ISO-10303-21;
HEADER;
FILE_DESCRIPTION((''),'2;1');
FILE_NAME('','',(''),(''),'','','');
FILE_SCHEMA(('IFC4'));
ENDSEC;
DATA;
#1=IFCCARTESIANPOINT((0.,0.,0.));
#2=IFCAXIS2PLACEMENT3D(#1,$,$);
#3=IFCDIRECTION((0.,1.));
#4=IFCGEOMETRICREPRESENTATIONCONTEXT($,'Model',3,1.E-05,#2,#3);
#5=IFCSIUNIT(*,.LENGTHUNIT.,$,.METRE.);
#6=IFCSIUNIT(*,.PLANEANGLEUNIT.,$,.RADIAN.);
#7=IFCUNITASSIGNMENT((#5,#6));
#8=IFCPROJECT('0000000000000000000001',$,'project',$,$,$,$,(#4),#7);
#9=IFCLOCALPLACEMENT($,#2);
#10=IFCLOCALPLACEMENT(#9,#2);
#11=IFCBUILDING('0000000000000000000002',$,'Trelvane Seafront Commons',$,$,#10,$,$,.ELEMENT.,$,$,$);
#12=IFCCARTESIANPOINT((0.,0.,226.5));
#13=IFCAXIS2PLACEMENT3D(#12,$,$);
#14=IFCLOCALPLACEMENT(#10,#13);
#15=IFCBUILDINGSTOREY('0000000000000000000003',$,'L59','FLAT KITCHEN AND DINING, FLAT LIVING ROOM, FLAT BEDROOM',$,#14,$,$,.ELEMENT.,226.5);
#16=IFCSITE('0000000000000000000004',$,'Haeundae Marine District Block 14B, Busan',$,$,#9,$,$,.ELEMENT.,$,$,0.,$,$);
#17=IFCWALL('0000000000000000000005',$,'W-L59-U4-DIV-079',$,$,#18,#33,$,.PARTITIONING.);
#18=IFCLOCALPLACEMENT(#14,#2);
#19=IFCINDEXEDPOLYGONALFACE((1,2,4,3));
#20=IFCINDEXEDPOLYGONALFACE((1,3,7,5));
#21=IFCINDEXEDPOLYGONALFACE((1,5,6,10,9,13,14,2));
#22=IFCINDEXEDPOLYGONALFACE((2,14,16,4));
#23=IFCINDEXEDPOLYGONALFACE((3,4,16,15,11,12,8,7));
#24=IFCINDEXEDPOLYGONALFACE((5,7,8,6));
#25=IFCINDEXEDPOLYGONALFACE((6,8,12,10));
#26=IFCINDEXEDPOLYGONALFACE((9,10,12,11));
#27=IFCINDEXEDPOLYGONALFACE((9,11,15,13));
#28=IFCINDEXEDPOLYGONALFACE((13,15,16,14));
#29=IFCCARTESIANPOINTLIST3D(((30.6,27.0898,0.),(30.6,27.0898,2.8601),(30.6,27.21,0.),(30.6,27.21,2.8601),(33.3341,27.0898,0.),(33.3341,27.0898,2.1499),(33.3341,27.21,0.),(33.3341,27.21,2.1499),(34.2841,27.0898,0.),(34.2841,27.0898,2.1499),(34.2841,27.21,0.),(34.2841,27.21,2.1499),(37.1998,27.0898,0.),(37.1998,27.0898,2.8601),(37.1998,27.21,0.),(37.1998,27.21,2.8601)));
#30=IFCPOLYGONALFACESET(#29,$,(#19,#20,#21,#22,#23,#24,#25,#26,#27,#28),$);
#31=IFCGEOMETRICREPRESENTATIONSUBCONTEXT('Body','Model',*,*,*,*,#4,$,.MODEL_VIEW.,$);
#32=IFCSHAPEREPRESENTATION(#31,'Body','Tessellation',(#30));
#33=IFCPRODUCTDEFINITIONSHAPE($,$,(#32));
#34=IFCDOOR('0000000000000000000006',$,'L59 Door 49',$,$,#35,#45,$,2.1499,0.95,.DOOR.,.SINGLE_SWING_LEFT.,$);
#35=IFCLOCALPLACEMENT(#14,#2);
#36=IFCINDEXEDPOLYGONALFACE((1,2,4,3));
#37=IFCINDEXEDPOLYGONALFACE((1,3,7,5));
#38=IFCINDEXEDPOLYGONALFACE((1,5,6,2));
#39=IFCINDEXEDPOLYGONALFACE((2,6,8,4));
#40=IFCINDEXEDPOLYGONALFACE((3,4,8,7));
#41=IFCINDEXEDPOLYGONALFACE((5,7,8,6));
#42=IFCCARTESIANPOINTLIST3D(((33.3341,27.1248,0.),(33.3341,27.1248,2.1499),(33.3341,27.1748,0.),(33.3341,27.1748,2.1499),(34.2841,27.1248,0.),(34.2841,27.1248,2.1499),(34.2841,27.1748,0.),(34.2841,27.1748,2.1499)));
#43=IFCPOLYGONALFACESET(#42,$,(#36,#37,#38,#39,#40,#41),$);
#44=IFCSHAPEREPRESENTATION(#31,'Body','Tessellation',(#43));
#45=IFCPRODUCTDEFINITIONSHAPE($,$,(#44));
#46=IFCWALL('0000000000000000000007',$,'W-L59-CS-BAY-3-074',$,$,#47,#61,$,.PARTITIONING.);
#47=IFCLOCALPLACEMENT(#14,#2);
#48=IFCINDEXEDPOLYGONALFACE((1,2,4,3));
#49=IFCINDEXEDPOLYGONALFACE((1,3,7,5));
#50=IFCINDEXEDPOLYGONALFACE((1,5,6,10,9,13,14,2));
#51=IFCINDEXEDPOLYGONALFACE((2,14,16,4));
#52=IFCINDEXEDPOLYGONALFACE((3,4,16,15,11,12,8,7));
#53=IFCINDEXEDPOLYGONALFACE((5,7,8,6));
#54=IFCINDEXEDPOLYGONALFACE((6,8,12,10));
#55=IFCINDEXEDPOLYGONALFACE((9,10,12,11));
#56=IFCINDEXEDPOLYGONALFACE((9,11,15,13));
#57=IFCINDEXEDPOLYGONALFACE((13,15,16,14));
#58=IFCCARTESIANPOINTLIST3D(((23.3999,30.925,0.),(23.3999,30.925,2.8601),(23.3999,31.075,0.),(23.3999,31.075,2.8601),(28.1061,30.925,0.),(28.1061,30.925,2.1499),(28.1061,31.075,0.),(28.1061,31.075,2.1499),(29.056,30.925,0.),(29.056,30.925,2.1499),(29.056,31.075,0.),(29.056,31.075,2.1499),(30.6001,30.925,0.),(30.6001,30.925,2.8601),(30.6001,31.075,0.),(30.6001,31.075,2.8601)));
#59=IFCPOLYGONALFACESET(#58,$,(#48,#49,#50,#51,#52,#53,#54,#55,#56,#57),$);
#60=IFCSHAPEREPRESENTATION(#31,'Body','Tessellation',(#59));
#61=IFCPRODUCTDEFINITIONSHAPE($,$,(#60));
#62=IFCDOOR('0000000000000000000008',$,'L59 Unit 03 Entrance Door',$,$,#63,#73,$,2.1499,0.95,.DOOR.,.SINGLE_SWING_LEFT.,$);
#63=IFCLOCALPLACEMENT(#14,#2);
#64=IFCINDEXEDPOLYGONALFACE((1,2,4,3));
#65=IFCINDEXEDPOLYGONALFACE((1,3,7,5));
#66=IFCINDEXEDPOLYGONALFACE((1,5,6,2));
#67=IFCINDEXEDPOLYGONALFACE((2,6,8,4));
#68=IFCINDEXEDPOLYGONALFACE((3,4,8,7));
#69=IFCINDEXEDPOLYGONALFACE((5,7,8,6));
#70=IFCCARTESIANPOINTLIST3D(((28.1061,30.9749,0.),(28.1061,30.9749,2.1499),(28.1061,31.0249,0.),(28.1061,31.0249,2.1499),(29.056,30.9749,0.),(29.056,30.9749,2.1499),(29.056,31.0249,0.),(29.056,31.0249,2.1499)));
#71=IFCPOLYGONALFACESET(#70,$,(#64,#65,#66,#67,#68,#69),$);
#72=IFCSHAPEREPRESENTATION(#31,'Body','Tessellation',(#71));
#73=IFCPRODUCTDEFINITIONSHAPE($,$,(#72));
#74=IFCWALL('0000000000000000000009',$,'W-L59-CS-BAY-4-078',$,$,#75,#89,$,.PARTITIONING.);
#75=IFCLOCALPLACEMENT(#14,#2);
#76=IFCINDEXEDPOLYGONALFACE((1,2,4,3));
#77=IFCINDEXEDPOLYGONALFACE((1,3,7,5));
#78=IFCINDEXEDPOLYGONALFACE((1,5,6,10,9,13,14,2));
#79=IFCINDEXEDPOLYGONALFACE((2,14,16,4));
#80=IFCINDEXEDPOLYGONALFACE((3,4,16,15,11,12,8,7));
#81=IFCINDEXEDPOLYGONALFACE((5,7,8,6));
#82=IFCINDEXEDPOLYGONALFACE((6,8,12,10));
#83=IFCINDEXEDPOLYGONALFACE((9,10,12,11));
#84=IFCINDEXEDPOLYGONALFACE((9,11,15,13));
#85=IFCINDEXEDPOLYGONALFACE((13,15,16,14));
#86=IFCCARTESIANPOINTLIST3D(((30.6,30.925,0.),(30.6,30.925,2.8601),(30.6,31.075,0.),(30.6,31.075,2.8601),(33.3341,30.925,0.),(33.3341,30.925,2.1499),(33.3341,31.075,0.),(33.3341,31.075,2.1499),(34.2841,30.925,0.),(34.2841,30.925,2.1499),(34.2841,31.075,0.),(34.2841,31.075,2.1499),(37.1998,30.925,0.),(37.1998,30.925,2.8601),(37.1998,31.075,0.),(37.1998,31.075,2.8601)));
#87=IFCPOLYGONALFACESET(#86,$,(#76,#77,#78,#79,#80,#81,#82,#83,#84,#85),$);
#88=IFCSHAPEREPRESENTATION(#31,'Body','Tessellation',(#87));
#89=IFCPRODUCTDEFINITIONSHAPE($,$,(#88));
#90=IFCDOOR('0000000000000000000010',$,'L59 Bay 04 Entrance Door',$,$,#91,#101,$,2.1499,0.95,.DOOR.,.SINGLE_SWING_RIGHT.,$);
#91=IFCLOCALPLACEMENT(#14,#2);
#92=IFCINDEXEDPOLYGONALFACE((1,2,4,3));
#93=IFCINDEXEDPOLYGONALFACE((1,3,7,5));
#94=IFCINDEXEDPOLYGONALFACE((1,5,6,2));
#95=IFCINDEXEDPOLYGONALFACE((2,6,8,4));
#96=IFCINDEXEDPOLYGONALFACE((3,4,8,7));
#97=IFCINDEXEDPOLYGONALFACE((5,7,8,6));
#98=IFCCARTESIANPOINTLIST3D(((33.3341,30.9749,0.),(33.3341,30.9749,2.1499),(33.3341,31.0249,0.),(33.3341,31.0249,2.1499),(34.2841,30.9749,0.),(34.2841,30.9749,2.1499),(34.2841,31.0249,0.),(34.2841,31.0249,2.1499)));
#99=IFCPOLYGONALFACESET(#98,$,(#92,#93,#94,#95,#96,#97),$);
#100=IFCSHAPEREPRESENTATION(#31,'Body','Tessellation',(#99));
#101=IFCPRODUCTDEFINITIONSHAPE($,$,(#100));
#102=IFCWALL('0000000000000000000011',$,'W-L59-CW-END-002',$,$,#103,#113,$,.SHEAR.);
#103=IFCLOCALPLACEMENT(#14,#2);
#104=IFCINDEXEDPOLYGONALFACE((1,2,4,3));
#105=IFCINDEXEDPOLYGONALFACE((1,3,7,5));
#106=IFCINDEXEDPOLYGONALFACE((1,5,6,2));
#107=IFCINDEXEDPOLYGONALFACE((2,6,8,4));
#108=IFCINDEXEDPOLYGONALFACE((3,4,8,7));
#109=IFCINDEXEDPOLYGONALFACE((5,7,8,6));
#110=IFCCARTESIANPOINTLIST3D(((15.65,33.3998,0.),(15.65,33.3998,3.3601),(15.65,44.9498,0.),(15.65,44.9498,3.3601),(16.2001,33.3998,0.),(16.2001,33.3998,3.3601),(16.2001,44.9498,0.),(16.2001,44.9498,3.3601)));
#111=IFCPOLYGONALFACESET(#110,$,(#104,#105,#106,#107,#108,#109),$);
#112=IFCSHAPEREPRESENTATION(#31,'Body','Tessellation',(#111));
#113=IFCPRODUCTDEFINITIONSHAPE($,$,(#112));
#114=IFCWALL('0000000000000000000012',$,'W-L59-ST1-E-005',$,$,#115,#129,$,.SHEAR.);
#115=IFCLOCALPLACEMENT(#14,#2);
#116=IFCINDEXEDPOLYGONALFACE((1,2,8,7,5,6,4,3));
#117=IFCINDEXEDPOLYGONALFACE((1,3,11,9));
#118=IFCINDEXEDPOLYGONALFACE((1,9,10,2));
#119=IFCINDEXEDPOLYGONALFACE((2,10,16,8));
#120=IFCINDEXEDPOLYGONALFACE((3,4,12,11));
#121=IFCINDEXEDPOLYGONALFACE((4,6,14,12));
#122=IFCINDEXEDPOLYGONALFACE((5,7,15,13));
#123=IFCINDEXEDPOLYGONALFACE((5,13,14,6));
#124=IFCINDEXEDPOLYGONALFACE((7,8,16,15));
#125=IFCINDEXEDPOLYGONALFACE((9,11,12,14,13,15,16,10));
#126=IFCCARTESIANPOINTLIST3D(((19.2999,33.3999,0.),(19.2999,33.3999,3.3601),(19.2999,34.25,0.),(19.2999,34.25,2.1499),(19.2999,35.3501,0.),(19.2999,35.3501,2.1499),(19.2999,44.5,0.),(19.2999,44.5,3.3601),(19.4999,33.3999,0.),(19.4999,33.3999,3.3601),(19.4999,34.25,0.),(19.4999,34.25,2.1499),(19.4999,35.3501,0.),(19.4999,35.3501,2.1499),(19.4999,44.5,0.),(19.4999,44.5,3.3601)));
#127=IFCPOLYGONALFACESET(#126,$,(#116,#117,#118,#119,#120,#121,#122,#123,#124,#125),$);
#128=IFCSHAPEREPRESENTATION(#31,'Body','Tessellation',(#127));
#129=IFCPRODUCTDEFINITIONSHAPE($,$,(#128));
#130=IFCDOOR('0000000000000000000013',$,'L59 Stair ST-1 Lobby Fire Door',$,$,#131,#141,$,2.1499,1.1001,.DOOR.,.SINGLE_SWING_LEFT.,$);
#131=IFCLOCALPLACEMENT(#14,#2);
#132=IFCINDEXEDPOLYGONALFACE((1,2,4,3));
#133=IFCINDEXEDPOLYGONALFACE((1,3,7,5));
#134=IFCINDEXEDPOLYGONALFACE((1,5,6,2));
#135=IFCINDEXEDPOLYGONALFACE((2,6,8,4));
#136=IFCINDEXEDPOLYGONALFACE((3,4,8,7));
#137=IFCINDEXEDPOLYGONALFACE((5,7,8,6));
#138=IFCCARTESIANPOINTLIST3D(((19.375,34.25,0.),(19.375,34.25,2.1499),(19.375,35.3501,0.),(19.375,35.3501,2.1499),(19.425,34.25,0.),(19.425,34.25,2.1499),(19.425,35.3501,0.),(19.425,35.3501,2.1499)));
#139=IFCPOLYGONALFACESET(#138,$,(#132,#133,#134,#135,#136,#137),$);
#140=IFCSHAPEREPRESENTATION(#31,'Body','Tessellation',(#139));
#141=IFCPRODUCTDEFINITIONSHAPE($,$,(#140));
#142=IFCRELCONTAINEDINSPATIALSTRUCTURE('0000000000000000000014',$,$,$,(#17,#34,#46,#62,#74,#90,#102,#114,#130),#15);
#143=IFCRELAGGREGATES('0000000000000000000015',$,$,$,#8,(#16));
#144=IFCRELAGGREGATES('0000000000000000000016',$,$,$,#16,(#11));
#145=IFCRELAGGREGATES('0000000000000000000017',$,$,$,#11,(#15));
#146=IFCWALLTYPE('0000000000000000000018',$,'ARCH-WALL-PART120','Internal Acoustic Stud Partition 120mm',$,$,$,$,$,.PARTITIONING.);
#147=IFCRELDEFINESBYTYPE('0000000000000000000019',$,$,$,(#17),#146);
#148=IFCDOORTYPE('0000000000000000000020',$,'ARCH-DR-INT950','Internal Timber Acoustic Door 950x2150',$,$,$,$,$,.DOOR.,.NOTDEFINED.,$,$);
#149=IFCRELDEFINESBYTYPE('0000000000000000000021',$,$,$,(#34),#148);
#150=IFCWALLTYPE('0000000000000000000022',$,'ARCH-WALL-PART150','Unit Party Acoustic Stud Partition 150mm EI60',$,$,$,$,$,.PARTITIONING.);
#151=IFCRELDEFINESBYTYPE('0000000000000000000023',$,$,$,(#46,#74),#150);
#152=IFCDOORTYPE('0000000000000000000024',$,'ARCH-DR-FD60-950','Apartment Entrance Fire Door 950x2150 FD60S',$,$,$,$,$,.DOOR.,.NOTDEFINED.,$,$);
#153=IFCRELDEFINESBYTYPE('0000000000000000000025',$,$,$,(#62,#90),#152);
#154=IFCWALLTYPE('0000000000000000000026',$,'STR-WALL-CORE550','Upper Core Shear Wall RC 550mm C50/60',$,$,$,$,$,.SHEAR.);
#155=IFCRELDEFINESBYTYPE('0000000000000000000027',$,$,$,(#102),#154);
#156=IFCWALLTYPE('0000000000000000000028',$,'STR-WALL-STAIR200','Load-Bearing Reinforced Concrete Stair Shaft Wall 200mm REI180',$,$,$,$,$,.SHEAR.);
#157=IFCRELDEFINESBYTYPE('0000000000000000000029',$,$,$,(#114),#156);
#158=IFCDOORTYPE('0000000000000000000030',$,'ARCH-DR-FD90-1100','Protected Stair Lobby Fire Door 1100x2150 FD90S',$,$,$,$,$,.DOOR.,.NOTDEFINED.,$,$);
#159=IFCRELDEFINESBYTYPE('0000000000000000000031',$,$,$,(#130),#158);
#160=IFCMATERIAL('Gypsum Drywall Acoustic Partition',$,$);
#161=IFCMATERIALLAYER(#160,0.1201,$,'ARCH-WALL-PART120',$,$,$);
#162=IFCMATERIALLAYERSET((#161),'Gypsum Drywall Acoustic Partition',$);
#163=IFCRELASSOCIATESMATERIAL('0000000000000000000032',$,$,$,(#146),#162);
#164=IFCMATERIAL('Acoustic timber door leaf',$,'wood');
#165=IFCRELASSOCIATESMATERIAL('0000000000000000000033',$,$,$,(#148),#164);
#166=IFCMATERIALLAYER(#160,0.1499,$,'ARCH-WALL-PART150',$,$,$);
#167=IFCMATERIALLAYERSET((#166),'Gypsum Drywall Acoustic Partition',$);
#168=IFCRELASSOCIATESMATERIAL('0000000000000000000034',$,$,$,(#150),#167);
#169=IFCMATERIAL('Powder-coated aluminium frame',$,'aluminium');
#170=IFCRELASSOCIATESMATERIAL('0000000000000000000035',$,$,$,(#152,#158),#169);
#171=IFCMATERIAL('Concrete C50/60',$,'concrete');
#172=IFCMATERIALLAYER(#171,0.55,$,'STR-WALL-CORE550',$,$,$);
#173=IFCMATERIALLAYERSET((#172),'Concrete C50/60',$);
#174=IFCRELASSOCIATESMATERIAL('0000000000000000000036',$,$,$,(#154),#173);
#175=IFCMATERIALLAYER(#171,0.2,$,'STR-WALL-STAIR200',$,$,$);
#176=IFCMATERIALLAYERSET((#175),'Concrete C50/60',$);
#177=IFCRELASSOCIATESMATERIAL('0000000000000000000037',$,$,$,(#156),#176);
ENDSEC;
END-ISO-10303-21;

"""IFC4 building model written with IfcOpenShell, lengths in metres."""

from ifc_helpers import new_model, si_unit, direction, frame, frame_2d, origin, place, context, subcontext, project, spatial, rectangle, extrude, source, transform, mapped, material, layer, layer_set, type_object, element, fill, save


model = new_model("IFC4")

# Units and contexts
model_context = context("Model", 3, precision=1e-05, world=origin(), true_north=direction((0.0, 1.0)))
body_context = subcontext(model_context, "Body", "Model", "MODEL_VIEW")
ifc_project = project(units=[si_unit("LENGTHUNIT", "METRE"), si_unit("PLANEANGLEUNIT", "RADIAN")], contexts=[model_context])

# Site, building, storey
site_placement = place(None, origin())
site = spatial("IfcSite", under=ifc_project, at=site_placement, Name="Haeundae Marine District Block 14B, Busan", CompositionType="ELEMENT", RefElevation=0.0)
building_placement = place(site_placement, origin())
building = spatial("IfcBuilding", under=site, at=building_placement, Name="Trelvane Seafront Commons", CompositionType="ELEMENT")
storey_placement = place(building_placement, frame((0.0, 0.0, 226.5)))
storey = spatial("IfcBuildingStorey", under=building, at=storey_placement, Name="L59", Description="FLAT KITCHEN AND DINING, FLAT LIVING ROOM, FLAT BEDROOM", CompositionType="ELEMENT", Elevation=226.5)

# Shared definitions
ifc_material_1 = material(Name="Concrete C50/60", Category="concrete")

# Shared definitions
ifc_material_2 = material(Name="Powder-coated aluminium frame", Category="aluminium")
ifc_material_3 = material(Name="Gypsum Drywall Acoustic Partition")
ifc_layer_1 = layer(ifc_material_3, 0.1201, Name="ARCH-WALL-PART120")
ifc_layer_set_1 = layer_set([ifc_layer_1], Name="Gypsum Drywall Acoustic Partition")
wall_type_1 = type_object("IfcWallType", Name="ARCH-WALL-PART120", Description="Internal Acoustic Stud Partition 120mm", PredefinedType="PARTITIONING", material=ifc_layer_set_1)
ifc_material_4 = material(Name="Acoustic timber door leaf", Category="wood")

# Walls, openings, doors
wall_1_placement = place(storey_placement, frame((30.6001, 27.1499, 0.0), z_axis=(0.0, 0.0, 1.0), x_axis=(1.0, 0.0, 0.0)))
wall_1 = element("IfcWall", 1, at=wall_1_placement, inside=storey, type_object=wall_type_1, Name="W-L59-U4-DIV-079", PredefinedType="PARTITIONING", context=body_context, shape_type="SweptSolid", body=[
    extrude(rectangle(XDim=6.5999, YDim=0.1201, at=frame_2d((3.2998, 0.0))), origin(), (0.0, 0.0, 1.0), 2.8601),
])
opening_1_placement = place(wall_1_placement, frame((2.7339, 0.0, 0.0)))
opening_1 = element("IfcOpeningElement", 2, at=opening_1_placement, cuts=wall_1, PredefinedType="OPENING", context=body_context, shape_type="SweptSolid", body=[
    extrude(rectangle(XDim=0.95, YDim=2.1499, at=frame_2d((0.4751, 1.075))), frame((0.0, 0.0701, 0.0), z_axis=(0.0, -1.0, 0.0), x_axis=(1.0, 0.0, 0.0)), (0.0, 0.0, 1.0), 0.1401),
])
door_type_1 = type_object("IfcDoorType", Name="ARCH-DR-INT950", Description="Internal Timber Acoustic Door 950x2150", OperationType="NOTDEFINED", PredefinedType="DOOR", material=ifc_material_4)
shared_shape_1 = source(origin(), body_context, "Body", "SweptSolid", [
    extrude(rectangle(XDim=0.95, YDim=2.1499, at=frame_2d((0.4751, 1.075))), frame((0.0, 0.0249, 0.0), z_axis=(0.0, -1.0, 0.0), x_axis=(1.0, 0.0, 0.0)), (0.0, 0.0, 1.0), 0.05),
])
door_1_placement = place(opening_1_placement, origin())
door_1 = element("IfcDoor", 3, at=door_1_placement, inside=storey, type_object=door_type_1, Name="L59 Door 49", OperationType="SINGLE_SWING_LEFT", OverallHeight=2.1499, OverallWidth=0.95, PredefinedType="DOOR", context=body_context, shape_type="MappedRepresentation", body=[
    mapped(shared_shape_1, transform((0.0, 0.0, 0.0), x_axis=(1.0, 0.0, 0.0), y_axis=(0.0, 1.0, 0.0), z_axis=(0.0, 0.0, 1.0), scale=1.0)),
])
fill(opening_1, door_1)
ifc_layer_2 = layer(ifc_material_3, 0.1499, Name="ARCH-WALL-PART150")
ifc_layer_set_2 = layer_set([ifc_layer_2], Name="Gypsum Drywall Acoustic Partition")
wall_type_2 = type_object("IfcWallType", Name="ARCH-WALL-PART150", Description="Unit Party Acoustic Stud Partition 150mm EI60", PredefinedType="PARTITIONING", material=ifc_layer_set_2)
wall_2_placement = place(storey_placement, frame((23.3999, 31.0, 0.0), z_axis=(0.0, 0.0, 1.0), x_axis=(1.0, 0.0, 0.0)))
wall_2 = element("IfcWall", 4, at=wall_2_placement, inside=storey, type_object=wall_type_2, Name="W-L59-CS-BAY-3-074", PredefinedType="PARTITIONING", context=body_context, shape_type="SweptSolid", body=[
    extrude(rectangle(XDim=7.2002, YDim=0.1499, at=frame_2d((3.6001, 0.0))), origin(), (0.0, 0.0, 1.0), 2.8601),
])
opening_2_placement = place(wall_2_placement, frame((4.7061, 0.0, 0.0)))
opening_2 = element("IfcOpeningElement", 5, at=opening_2_placement, cuts=wall_2, PredefinedType="OPENING", context=body_context, shape_type="SweptSolid", body=[
    extrude(rectangle(XDim=0.95, YDim=2.1499, at=frame_2d((0.4751, 1.075))), frame((0.0, 0.085, 0.0), z_axis=(0.0, -1.0, 0.0), x_axis=(1.0, 0.0, 0.0)), (0.0, 0.0, 1.0), 0.1699),
])
door_type_2 = type_object("IfcDoorType", Name="ARCH-DR-FD60-950", Description="Apartment Entrance Fire Door 950x2150 FD60S", OperationType="NOTDEFINED", PredefinedType="DOOR", material=ifc_material_2)
door_2_placement = place(opening_2_placement, origin())
door_2 = element("IfcDoor", 6, at=door_2_placement, inside=storey, type_object=door_type_2, Name="L59 Unit 03 Entrance Door", OperationType="SINGLE_SWING_LEFT", OverallHeight=2.1499, OverallWidth=0.95, PredefinedType="DOOR", context=body_context, shape_type="MappedRepresentation", body=[
    mapped(shared_shape_1, transform((0.0, 0.0, 0.0), x_axis=(1.0, 0.0, 0.0), y_axis=(0.0, 1.0, 0.0), z_axis=(0.0, 0.0, 1.0), scale=1.0)),
])
fill(opening_2, door_2)
wall_3_placement = place(storey_placement, frame((30.6001, 31.0, 0.0), z_axis=(0.0, 0.0, 1.0), x_axis=(1.0, 0.0, 0.0)))
wall_3 = element("IfcWall", 7, at=wall_3_placement, inside=storey, type_object=wall_type_2, Name="W-L59-CS-BAY-4-078", PredefinedType="PARTITIONING", context=body_context, shape_type="SweptSolid", body=[
    extrude(rectangle(XDim=6.5999, YDim=0.1499, at=frame_2d((3.2998, 0.0))), origin(), (0.0, 0.0, 1.0), 2.8601),
])
opening_3_placement = place(wall_3_placement, frame((2.7339, 0.0, 0.0)))
opening_3 = element("IfcOpeningElement", 8, at=opening_3_placement, cuts=wall_3, PredefinedType="OPENING", context=body_context, shape_type="SweptSolid", body=[
    extrude(rectangle(XDim=0.95, YDim=2.1499, at=frame_2d((0.4751, 1.075))), frame((0.0, 0.085, 0.0), z_axis=(0.0, -1.0, 0.0), x_axis=(1.0, 0.0, 0.0)), (0.0, 0.0, 1.0), 0.1699),
])
door_3_placement = place(opening_3_placement, origin())
door_3 = element("IfcDoor", 9, at=door_3_placement, inside=storey, type_object=door_type_2, Name="L59 Bay 04 Entrance Door", OperationType="SINGLE_SWING_RIGHT", OverallHeight=2.1499, OverallWidth=0.95, PredefinedType="DOOR", context=body_context, shape_type="MappedRepresentation", body=[
    mapped(shared_shape_1, transform((0.0, 0.0, 0.0), x_axis=(1.0, 0.0, 0.0), y_axis=(0.0, 1.0, 0.0), z_axis=(0.0, 0.0, 1.0), scale=1.0)),
])
fill(opening_3, door_3)

# Wall
ifc_layer_3 = layer(ifc_material_1, 0.55, Name="STR-WALL-CORE550")
ifc_layer_set_3 = layer_set([ifc_layer_3], Name="Concrete C50/60")
wall_type_3 = type_object("IfcWallType", Name="STR-WALL-CORE550", Description="Upper Core Shear Wall RC 550mm C50/60", PredefinedType="SHEAR", material=ifc_layer_set_3)
wall_4_placement = place(storey_placement, frame((15.925, 33.3999, 0.0), z_axis=(0.0, 0.0, 1.0), x_axis=(0.0, 1.0, 0.0)))
element("IfcWall", 10, at=wall_4_placement, inside=storey, type_object=wall_type_3, Name="W-L59-CW-END-002", PredefinedType="SHEAR", context=body_context, shape_type="SweptSolid", body=[
    extrude(rectangle(XDim=11.55, YDim=0.55, at=frame_2d((5.7749, 0.0))), origin(), (0.0, 0.0, 1.0), 3.3601),
])

# Wall, opening, door
ifc_layer_4 = layer(ifc_material_1, 0.2, Name="STR-WALL-STAIR200")
ifc_layer_set_4 = layer_set([ifc_layer_4], Name="Concrete C50/60")
wall_type_4 = type_object("IfcWallType", Name="STR-WALL-STAIR200", Description="Load-Bearing Reinforced Concrete Stair Shaft Wall 200mm REI180", PredefinedType="SHEAR", material=ifc_layer_set_4)
wall_5_placement = place(storey_placement, frame((19.3999, 33.3999, 0.0), z_axis=(0.0, 0.0, 1.0), x_axis=(0.0, 1.0, 0.0)))
wall_5 = element("IfcWall", 11, at=wall_5_placement, inside=storey, type_object=wall_type_4, Name="W-L59-ST1-E-005", PredefinedType="SHEAR", context=body_context, shape_type="SweptSolid", body=[
    extrude(rectangle(XDim=11.1001, YDim=0.2, at=frame_2d((5.55, 0.0))), origin(), (0.0, 0.0, 1.0), 3.3601),
])
opening_4_placement = place(wall_5_placement, frame((0.8501, 0.0, 0.0)))
opening_4 = element("IfcOpeningElement", 12, at=opening_4_placement, cuts=wall_5, PredefinedType="OPENING", context=body_context, shape_type="SweptSolid", body=[
    extrude(rectangle(XDim=1.1001, YDim=2.1499, at=frame_2d((0.55, 1.075))), frame((0.0, 0.1099, 0.0), z_axis=(0.0, -1.0, 0.0), x_axis=(1.0, 0.0, 0.0)), (0.0, 0.0, 1.0), 0.22),
])
door_type_3 = type_object("IfcDoorType", Name="ARCH-DR-FD90-1100", Description="Protected Stair Lobby Fire Door 1100x2150 FD90S", OperationType="NOTDEFINED", PredefinedType="DOOR", material=ifc_material_2)
shared_shape_2 = source(origin(), body_context, "Body", "SweptSolid", [
    extrude(rectangle(XDim=1.1001, YDim=2.1499, at=frame_2d((0.55, 1.075))), frame((0.0, 0.0249, 0.0), z_axis=(0.0, -1.0, 0.0), x_axis=(1.0, 0.0, 0.0)), (0.0, 0.0, 1.0), 0.05),
])
door_4_placement = place(opening_4_placement, origin())
door_4 = element("IfcDoor", 13, at=door_4_placement, inside=storey, type_object=door_type_3, Name="L59 Stair ST-1 Lobby Fire Door", OperationType="SINGLE_SWING_LEFT", OverallHeight=2.1499, OverallWidth=1.1001, PredefinedType="DOOR", context=body_context, shape_type="MappedRepresentation", body=[
    mapped(shared_shape_2, transform((0.0, 0.0, 0.0), x_axis=(1.0, 0.0, 0.0), y_axis=(0.0, 1.0, 0.0), z_axis=(0.0, 0.0, 1.0), scale=1.0)),
])
fill(opening_4, door_4)

save(model, "model.ifc")
